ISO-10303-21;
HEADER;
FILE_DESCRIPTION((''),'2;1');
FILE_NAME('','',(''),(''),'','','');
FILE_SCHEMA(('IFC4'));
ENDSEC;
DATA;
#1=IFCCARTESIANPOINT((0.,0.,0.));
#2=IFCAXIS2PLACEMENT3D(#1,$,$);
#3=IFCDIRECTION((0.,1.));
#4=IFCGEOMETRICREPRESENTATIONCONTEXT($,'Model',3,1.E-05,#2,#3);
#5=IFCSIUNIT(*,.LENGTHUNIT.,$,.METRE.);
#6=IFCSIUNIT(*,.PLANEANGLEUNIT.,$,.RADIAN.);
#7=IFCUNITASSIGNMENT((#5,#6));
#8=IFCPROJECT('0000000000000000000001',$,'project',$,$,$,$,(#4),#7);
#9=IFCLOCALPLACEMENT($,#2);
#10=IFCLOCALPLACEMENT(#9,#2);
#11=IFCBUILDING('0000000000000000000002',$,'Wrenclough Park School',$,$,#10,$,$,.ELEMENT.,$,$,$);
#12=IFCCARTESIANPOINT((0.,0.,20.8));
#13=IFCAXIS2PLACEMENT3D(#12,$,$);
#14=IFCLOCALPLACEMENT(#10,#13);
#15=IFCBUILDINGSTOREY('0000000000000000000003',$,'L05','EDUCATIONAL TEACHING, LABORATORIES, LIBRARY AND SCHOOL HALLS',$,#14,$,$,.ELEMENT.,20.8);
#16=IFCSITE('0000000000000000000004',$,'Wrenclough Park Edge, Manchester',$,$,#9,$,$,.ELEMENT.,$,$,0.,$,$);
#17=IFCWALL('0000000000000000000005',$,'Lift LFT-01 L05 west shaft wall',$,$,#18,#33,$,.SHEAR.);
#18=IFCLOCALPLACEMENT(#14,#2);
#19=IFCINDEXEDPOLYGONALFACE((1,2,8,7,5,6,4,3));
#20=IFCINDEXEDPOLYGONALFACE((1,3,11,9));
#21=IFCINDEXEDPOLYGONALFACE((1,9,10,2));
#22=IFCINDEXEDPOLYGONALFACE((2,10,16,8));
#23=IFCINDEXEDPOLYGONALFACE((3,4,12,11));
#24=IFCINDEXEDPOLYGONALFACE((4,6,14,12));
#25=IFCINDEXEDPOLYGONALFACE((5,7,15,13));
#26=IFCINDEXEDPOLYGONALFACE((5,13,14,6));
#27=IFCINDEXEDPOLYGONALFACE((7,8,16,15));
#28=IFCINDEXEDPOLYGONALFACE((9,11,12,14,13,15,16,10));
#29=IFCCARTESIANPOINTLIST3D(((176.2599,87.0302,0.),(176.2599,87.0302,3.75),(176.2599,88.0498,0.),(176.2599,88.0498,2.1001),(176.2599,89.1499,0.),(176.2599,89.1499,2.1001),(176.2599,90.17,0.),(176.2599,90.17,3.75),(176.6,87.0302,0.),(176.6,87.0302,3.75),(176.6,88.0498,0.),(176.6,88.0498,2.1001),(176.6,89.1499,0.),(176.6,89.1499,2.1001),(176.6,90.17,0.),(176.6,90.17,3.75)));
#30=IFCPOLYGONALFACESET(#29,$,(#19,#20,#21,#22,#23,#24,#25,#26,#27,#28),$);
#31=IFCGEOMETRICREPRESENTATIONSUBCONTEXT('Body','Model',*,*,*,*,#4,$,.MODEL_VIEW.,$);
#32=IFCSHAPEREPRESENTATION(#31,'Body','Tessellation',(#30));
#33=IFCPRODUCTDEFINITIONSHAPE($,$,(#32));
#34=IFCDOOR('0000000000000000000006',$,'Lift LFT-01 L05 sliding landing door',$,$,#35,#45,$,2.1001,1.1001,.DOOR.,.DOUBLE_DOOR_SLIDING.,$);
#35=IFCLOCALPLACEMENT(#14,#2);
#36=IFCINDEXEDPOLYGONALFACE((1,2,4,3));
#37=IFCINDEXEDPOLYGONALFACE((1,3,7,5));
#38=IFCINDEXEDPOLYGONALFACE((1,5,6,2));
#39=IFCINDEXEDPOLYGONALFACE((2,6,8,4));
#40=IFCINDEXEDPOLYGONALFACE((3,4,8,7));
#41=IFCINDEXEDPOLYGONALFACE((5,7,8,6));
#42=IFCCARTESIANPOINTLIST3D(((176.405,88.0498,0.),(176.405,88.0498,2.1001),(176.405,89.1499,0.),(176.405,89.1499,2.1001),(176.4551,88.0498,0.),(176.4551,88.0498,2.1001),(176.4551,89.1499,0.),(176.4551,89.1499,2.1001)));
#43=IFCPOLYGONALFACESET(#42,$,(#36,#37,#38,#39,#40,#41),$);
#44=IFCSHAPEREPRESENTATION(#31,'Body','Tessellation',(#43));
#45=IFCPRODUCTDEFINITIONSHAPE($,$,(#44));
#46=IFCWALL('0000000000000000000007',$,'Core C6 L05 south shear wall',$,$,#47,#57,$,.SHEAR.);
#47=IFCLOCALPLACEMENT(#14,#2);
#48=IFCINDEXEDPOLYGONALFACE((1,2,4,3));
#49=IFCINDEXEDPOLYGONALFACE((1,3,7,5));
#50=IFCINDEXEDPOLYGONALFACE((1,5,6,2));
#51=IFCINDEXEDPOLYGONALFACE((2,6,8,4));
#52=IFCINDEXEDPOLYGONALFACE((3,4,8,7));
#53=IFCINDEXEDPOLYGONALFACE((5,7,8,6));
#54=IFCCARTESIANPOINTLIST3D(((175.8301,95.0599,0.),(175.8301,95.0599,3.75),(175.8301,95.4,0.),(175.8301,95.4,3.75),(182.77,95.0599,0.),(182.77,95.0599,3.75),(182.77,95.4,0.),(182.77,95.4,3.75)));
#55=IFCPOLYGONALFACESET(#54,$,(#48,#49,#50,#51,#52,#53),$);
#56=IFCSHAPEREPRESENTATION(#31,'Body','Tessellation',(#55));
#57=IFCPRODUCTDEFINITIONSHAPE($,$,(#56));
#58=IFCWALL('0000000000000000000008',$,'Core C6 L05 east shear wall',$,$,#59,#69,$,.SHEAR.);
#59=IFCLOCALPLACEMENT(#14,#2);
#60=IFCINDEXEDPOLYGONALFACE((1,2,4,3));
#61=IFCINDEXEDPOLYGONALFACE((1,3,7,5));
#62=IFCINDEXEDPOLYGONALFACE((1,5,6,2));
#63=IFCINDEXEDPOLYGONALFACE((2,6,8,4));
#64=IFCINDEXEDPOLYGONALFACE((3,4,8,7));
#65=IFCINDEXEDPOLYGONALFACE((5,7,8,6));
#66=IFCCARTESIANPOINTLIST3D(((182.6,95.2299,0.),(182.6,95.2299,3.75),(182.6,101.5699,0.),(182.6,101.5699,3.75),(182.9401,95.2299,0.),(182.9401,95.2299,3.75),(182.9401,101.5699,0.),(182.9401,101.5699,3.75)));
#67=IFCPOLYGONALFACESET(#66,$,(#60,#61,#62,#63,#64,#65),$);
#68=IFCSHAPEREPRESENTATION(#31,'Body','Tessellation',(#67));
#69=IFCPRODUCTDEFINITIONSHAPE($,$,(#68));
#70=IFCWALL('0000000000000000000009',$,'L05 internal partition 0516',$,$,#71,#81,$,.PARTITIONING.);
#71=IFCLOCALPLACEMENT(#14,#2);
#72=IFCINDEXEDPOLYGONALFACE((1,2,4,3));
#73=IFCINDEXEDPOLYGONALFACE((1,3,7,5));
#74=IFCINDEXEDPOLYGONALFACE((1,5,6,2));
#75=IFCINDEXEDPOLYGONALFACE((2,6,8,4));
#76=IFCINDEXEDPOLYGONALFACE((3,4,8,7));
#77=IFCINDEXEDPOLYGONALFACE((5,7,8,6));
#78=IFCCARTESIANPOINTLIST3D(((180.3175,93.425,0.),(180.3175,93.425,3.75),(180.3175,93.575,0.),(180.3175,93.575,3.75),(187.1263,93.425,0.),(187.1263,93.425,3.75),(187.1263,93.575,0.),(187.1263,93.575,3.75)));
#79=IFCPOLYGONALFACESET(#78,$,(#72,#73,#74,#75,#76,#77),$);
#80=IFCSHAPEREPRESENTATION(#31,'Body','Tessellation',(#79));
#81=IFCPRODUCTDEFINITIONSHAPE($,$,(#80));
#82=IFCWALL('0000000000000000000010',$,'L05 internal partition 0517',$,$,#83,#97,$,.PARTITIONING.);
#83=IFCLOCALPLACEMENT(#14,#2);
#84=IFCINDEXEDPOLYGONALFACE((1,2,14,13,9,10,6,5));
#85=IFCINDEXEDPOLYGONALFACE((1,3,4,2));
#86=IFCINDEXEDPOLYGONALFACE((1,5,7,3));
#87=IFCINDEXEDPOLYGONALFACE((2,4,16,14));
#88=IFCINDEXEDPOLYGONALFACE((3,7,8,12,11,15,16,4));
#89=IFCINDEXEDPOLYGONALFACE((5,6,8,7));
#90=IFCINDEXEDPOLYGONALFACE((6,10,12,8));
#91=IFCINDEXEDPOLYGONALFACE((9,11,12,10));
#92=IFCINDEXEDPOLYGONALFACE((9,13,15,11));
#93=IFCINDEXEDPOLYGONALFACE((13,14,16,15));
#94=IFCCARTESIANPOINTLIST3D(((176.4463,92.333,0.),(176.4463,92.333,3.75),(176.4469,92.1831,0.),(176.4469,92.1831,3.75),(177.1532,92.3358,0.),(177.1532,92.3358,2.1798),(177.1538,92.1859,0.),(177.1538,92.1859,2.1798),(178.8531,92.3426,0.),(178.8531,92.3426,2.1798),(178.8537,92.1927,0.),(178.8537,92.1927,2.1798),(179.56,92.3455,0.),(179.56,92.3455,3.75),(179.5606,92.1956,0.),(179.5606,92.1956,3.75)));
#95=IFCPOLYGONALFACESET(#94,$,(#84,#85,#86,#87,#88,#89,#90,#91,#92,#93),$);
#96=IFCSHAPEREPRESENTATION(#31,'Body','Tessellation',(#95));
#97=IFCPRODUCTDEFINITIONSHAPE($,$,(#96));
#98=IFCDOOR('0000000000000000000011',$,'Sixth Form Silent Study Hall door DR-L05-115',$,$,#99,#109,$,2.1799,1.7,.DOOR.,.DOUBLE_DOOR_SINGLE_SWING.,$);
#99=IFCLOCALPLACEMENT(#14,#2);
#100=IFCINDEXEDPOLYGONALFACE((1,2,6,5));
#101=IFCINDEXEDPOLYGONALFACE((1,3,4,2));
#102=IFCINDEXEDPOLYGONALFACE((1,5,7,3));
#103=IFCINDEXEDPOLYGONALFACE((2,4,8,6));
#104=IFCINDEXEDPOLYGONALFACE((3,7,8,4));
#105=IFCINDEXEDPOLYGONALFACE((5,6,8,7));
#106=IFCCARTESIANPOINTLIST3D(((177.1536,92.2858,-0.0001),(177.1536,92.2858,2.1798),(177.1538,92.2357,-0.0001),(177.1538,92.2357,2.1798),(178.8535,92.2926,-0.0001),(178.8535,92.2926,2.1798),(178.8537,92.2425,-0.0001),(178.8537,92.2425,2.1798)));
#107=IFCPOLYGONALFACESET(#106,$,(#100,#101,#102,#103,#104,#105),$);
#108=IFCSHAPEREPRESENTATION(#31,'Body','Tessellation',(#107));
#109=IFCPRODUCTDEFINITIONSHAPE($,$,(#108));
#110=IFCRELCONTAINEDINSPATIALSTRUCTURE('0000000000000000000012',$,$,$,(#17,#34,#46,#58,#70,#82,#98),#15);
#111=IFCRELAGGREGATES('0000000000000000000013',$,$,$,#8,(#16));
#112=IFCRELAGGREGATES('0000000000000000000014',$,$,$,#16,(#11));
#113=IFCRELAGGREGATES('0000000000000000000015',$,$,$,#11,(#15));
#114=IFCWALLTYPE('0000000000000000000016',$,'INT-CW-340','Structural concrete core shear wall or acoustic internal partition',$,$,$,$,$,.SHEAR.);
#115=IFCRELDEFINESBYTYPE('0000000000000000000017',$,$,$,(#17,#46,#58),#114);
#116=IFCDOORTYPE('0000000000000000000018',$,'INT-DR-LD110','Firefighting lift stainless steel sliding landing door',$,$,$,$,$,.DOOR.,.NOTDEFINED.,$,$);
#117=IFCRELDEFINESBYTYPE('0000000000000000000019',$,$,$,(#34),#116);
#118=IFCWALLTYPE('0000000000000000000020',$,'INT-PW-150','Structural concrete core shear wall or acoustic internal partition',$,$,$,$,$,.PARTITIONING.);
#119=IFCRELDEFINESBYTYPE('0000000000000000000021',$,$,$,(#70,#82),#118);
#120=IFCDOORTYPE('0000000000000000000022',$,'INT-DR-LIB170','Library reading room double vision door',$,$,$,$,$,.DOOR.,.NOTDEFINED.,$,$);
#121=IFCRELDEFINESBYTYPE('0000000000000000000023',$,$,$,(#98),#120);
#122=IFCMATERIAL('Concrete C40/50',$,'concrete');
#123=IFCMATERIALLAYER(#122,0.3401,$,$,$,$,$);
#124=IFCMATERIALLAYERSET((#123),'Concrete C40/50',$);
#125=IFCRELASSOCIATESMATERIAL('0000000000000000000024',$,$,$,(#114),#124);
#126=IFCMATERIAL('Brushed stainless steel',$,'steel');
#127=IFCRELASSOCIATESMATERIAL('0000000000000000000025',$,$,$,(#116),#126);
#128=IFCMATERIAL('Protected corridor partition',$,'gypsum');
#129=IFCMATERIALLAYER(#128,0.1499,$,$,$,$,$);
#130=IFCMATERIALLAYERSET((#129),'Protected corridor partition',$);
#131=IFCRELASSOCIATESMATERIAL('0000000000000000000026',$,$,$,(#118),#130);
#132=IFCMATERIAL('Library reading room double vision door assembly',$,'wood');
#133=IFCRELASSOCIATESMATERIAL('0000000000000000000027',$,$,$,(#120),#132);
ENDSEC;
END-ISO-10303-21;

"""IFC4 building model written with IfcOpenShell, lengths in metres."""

from ifc_helpers import new_model, si_unit, direction, frame, frame_2d, origin, place, context, subcontext, project, spatial, rectangle, extrude, material, layer, layer_set, type_object, element, fill, save


model = new_model("IFC4")

# Units and contexts
model_context = context("Model", 3, precision=1e-05, world=origin(), true_north=direction((0.0, 1.0)))
body_context = subcontext(model_context, "Body", "Model", "MODEL_VIEW")
ifc_project = project(units=[si_unit("LENGTHUNIT", "METRE"), si_unit("PLANEANGLEUNIT", "RADIAN")], contexts=[model_context])

# Site, building, storey
site_placement = place(None, origin())
site = spatial("IfcSite", under=ifc_project, at=site_placement, Name="Wrenclough Park Edge, Manchester", CompositionType="ELEMENT", RefElevation=0.0)
building_placement = place(site_placement, origin())
building = spatial("IfcBuilding", under=site, at=building_placement, Name="Wrenclough Park School", CompositionType="ELEMENT")
storey_placement = place(building_placement, frame((0.0, 0.0, 20.8)))
storey = spatial("IfcBuildingStorey", under=building, at=storey_placement, Name="L05", Description="EDUCATIONAL TEACHING, LABORATORIES, LIBRARY AND SCHOOL HALLS", CompositionType="ELEMENT", Elevation=20.8)

# Shared definitions
ifc_material_1 = material(Name="Concrete C40/50", Category="concrete")

# Shared definitions
ifc_layer_1 = layer(ifc_material_1, 0.3401)
ifc_layer_set_1 = layer_set([ifc_layer_1], Name="Concrete C40/50")
wall_type_1 = type_object("IfcWallType", Name="INT-CW-340", Description="Structural concrete core shear wall or acoustic internal partition", PredefinedType="SHEAR", material=ifc_layer_set_1)

# Wall, opening, door
wall_1_placement = place(storey_placement, frame((176.4299, 90.1699, 0.0), z_axis=(0.0, 0.0, 1.0), x_axis=(0.0, -1.0, 0.0)))
wall_1 = element("IfcWall", 1, at=wall_1_placement, inside=storey, type_object=wall_type_1, Name="Lift LFT-01 L05 west shaft wall", PredefinedType="SHEAR", context=body_context, shape_type="SweptSolid", body=[
    extrude(rectangle(XDim=3.1399, YDim=0.3401, at=frame_2d((1.5698, 0.0))), origin(), (0.0, 0.0, 1.0), 3.75),
])
opening_1_placement = place(wall_1_placement, frame((1.02, 0.0, 0.0)))
opening_1 = element("IfcOpeningElement", 2, at=opening_1_placement, cuts=wall_1, PredefinedType="OPENING", context=body_context, shape_type="SweptSolid", body=[
    extrude(rectangle(XDim=1.1001, YDim=2.1001, at=frame_2d((0.55, 1.05))), frame((0.0, 0.1799, 0.0), z_axis=(0.0, -1.0, 0.0), x_axis=(1.0, 0.0, 0.0)), (0.0, 0.0, 1.0), 0.3601),
])
ifc_material_2 = material(Name="Brushed stainless steel", Category="steel")
door_type_1 = type_object("IfcDoorType", Name="INT-DR-LD110", Description="Firefighting lift stainless steel sliding landing door", OperationType="NOTDEFINED", PredefinedType="DOOR", material=ifc_material_2)
door_1_placement = place(opening_1_placement, frame((1.1001, 0.0, 0.0), z_axis=(0.0, 0.0, 1.0), x_axis=(-1.0, 0.0, 0.0)))
door_1 = element("IfcDoor", 3, at=door_1_placement, inside=storey, type_object=door_type_1, Name="Lift LFT-01 L05 sliding landing door", OperationType="DOUBLE_DOOR_SLIDING", OverallHeight=2.1001, OverallWidth=1.1001, PredefinedType="DOOR", context=body_context, shape_type="SweptSolid", body=[
    extrude(rectangle(XDim=1.1001, YDim=2.1001, at=frame_2d((0.55, 1.05))), frame((0.0, 0.0249, 0.0), z_axis=(0.0, -1.0, 0.0), x_axis=(1.0, 0.0, 0.0)), (0.0, 0.0, 1.0), 0.05),
])
fill(opening_1, door_1)

# Walls
wall_2_placement = place(storey_placement, frame((175.8301, 95.23, 0.0), z_axis=(0.0, 0.0, 1.0), x_axis=(1.0, 0.0, 0.0)))
element("IfcWall", 4, at=wall_2_placement, inside=storey, type_object=wall_type_1, Name="Core C6 L05 south shear wall", PredefinedType="SHEAR", context=body_context, shape_type="SweptSolid", body=[
    extrude(rectangle(XDim=6.9399, YDim=0.3401, at=frame_2d((3.47, 0.0))), origin(), (0.0, 0.0, 1.0), 3.75),
])
wall_3_placement = place(storey_placement, frame((182.77, 95.23, 0.0), z_axis=(0.0, 0.0, 1.0), x_axis=(0.0, 1.0, 0.0)))
element("IfcWall", 5, at=wall_3_placement, inside=storey, type_object=wall_type_1, Name="Core C6 L05 east shear wall", PredefinedType="SHEAR", context=body_context, shape_type="SweptSolid", body=[
    extrude(rectangle(XDim=6.3401, YDim=0.3401, at=frame_2d((3.1699, 0.0))), origin(), (0.0, 0.0, 1.0), 3.75),
])
ifc_material_3 = material(Name="Protected corridor partition", Category="gypsum")
ifc_layer_2 = layer(ifc_material_3, 0.1499)
ifc_layer_set_2 = layer_set([ifc_layer_2], Name="Protected corridor partition")
wall_type_2 = type_object("IfcWallType", Name="INT-PW-150", Description="Structural concrete core shear wall or acoustic internal partition", PredefinedType="PARTITIONING", material=ifc_layer_set_2)
wall_4_placement = place(storey_placement, frame((187.1262, 93.5, 0.0), z_axis=(0.0, 0.0, 1.0), x_axis=(-1.0, 0.0, 0.0)))
element("IfcWall", 6, at=wall_4_placement, inside=storey, type_object=wall_type_2, Name="L05 internal partition 0516", PredefinedType="PARTITIONING", context=body_context, shape_type="SweptSolid", body=[
    extrude(rectangle(XDim=6.8088, YDim=0.1499, at=frame_2d((3.4043, 0.0))), origin(), (0.0, 0.0, 1.0), 3.75),
])

# Wall, opening, door
wall_5_placement = place(storey_placement, frame((179.5603, 92.2705, 0.0), z_axis=(0.0, 0.0, 1.0), x_axis=(-0.999992, -0.003999, 0.0)))
wall_5 = element("IfcWall", 7, at=wall_5_placement, inside=storey, type_object=wall_type_2, Name="L05 internal partition 0517", PredefinedType="PARTITIONING", context=body_context, shape_type="SweptSolid", body=[
    extrude(rectangle(XDim=3.1138, YDim=0.1499, at=frame_2d((1.5569, 0.0))), origin(), (0.0, 0.0, 1.0), 3.75),
])
opening_2_placement = place(wall_5_placement, frame((0.7068, 0.0, 0.0)))
opening_2 = element("IfcOpeningElement", 8, at=opening_2_placement, cuts=wall_5, PredefinedType="OPENING", context=body_context, shape_type="SweptSolid", body=[
    extrude(rectangle(XDim=1.7, YDim=2.1799, at=frame_2d((0.8501, 1.0898))), frame((0.0, 0.085, 0.0), z_axis=(0.0, -1.0, 0.0), x_axis=(1.0, 0.0, 0.0)), (0.0, 0.0, 1.0), 0.1699),
])
ifc_material_4 = material(Name="Library reading room double vision door assembly", Category="wood")
door_type_2 = type_object("IfcDoorType", Name="INT-DR-LIB170", Description="Library reading room double vision door", OperationType="NOTDEFINED", PredefinedType="DOOR", material=ifc_material_4)
door_2_placement = place(opening_2_placement, frame((1.7, 0.0, 0.0), z_axis=(0.0, 0.0, 1.0), x_axis=(-1.0, 0.0, 0.0)))
door_2 = element("IfcDoor", 9, at=door_2_placement, inside=storey, type_object=door_type_2, Name="Sixth Form Silent Study Hall door DR-L05-115", OperationType="DOUBLE_DOOR_SINGLE_SWING", OverallHeight=2.1799, OverallWidth=1.7, PredefinedType="DOOR", context=body_context, shape_type="SweptSolid", body=[
    extrude(rectangle(XDim=1.7, YDim=2.1799, at=frame_2d((0.8501, 1.0898))), frame((0.0, 0.0249, 0.0), z_axis=(0.0, -1.0, 0.0), x_axis=(1.0, 0.0, 0.0)), (0.0, 0.0, 1.0), 0.05),
])
fill(opening_2, door_2)

save(model, "model.ifc")
